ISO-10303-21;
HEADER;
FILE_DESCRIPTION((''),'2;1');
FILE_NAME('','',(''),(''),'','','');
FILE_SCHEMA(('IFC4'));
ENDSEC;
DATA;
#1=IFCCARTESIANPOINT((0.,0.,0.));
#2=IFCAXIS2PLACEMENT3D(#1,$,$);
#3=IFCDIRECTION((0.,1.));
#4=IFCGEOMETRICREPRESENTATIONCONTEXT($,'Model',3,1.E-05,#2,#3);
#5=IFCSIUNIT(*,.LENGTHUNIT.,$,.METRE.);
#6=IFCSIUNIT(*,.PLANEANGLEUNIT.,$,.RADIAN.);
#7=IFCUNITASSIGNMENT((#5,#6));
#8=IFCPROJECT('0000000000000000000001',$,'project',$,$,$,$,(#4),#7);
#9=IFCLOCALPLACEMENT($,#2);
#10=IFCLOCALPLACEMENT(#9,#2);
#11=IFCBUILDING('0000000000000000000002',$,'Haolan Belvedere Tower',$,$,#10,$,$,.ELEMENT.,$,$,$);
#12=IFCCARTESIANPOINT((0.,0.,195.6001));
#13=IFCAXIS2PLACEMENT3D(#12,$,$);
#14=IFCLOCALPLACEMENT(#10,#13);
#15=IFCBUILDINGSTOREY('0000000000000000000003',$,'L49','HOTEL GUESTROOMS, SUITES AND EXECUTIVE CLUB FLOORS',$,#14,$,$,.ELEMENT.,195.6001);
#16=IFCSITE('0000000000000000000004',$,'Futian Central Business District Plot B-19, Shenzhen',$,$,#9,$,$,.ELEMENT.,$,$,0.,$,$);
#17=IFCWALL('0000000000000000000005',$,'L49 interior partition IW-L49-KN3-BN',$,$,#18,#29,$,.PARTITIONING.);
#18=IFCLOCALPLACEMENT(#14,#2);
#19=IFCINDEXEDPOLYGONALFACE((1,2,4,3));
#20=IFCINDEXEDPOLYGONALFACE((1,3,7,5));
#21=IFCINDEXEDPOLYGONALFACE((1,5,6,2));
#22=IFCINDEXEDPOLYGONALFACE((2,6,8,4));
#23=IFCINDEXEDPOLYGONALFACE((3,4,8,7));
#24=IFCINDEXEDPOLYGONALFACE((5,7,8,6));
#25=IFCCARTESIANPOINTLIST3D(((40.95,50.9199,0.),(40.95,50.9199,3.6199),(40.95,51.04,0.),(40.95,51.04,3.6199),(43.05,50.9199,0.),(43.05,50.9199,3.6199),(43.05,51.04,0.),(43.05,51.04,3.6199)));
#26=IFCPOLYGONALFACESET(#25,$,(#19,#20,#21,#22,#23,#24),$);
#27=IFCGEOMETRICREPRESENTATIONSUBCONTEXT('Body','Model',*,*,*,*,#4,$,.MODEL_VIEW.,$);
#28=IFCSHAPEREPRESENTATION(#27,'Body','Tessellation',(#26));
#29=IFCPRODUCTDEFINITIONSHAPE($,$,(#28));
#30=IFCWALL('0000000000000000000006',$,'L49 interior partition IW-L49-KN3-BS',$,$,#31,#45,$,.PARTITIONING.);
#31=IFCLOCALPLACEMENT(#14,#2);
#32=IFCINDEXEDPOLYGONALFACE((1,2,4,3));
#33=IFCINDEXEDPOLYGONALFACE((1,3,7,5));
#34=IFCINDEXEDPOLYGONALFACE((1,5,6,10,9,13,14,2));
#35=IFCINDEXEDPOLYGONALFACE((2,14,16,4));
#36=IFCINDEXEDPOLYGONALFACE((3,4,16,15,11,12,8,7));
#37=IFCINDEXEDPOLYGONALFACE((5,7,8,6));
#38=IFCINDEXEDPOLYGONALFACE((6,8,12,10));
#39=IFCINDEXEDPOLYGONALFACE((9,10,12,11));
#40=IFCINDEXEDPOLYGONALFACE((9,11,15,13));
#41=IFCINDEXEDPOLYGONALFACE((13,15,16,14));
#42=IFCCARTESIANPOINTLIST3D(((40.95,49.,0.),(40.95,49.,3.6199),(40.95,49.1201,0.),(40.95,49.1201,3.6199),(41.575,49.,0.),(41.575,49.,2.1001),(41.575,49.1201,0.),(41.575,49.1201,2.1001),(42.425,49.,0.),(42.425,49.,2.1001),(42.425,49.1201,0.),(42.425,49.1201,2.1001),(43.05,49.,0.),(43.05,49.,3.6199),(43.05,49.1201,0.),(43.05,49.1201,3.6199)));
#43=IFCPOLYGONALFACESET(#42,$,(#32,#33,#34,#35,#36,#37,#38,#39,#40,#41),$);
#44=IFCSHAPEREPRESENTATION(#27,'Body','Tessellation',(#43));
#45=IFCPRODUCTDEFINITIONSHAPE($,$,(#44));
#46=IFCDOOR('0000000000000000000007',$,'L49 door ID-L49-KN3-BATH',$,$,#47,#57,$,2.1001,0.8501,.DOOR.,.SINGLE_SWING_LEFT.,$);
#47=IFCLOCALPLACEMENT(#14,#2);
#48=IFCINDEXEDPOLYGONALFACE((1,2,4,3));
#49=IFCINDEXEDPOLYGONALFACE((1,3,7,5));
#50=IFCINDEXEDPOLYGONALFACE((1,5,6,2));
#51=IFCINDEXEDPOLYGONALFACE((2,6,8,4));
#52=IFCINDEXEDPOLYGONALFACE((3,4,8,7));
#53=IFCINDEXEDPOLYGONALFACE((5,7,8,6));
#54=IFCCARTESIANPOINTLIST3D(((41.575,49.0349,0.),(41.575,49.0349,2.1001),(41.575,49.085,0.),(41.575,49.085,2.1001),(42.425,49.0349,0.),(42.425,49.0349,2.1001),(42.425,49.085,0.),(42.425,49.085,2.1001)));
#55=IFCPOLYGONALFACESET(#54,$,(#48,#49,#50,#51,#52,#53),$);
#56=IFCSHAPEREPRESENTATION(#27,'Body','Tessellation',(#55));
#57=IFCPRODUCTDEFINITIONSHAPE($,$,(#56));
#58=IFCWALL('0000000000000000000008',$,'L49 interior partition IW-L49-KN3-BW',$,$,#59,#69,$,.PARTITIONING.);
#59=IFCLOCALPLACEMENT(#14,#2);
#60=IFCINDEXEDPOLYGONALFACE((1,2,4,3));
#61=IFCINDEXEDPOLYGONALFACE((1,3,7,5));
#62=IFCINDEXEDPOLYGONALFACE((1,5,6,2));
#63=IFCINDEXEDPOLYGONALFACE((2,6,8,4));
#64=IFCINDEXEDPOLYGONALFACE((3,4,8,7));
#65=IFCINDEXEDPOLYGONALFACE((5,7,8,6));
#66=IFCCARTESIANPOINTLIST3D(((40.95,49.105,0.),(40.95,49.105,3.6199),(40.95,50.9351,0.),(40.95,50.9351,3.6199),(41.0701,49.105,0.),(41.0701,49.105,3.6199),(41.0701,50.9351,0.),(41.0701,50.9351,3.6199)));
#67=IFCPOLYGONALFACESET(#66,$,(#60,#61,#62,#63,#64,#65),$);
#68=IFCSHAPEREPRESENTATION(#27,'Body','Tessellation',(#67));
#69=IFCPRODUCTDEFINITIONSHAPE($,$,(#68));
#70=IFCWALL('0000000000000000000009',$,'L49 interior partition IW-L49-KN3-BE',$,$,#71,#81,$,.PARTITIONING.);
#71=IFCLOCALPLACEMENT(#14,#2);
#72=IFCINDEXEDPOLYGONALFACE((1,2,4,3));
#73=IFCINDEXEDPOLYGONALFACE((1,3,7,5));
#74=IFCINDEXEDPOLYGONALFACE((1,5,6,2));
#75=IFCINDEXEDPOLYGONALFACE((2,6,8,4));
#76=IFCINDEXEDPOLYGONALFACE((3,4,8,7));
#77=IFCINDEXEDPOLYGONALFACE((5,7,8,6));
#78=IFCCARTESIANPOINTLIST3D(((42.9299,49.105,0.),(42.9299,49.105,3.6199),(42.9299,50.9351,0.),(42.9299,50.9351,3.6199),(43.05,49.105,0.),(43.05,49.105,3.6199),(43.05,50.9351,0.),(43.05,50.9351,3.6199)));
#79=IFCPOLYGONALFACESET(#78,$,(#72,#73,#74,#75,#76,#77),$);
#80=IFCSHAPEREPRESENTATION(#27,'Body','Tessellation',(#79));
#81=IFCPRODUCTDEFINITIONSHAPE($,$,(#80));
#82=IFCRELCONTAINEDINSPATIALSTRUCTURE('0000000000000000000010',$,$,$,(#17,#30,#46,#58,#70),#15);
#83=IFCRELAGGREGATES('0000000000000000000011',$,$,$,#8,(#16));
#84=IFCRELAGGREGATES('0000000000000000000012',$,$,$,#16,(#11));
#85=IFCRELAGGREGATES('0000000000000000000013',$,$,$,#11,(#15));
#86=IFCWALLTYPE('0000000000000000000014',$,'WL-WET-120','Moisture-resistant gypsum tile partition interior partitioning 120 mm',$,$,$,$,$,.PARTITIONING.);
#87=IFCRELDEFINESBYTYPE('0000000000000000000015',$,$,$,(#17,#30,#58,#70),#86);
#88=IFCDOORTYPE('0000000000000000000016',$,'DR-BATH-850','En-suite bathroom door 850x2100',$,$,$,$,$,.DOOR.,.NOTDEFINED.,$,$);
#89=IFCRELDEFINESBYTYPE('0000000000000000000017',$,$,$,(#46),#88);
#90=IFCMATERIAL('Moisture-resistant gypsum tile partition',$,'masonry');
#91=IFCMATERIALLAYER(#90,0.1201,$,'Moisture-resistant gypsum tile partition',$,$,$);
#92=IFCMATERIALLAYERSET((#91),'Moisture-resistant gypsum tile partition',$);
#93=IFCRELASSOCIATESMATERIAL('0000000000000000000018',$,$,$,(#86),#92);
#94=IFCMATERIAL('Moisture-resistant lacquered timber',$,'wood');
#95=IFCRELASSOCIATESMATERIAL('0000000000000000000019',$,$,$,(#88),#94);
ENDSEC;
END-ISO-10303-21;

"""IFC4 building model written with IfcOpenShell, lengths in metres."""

from ifc_helpers import new_model, si_unit, direction, frame, frame_2d, origin, place, context, subcontext, project, spatial, rectangle, extrude, material, layer, layer_set, type_object, element, fill, save


model = new_model("IFC4")

# Units and contexts
model_context = context("Model", 3, precision=1e-05, world=origin(), true_north=direction((0.0, 1.0)))
body_context = subcontext(model_context, "Body", "Model", "MODEL_VIEW")
ifc_project = project(units=[si_unit("LENGTHUNIT", "METRE"), si_unit("PLANEANGLEUNIT", "RADIAN")], contexts=[model_context])

# Site, building, storey
site_placement = place(None, origin())
site = spatial("IfcSite", under=ifc_project, at=site_placement, Name="Futian Central Business District Plot B-19, Shenzhen", CompositionType="ELEMENT", RefElevation=0.0)
building_placement = place(site_placement, origin())
building = spatial("IfcBuilding", under=site, at=building_placement, Name="Haolan Belvedere Tower", CompositionType="ELEMENT")
storey_placement = place(building_placement, frame((0.0, 0.0, 195.6001)))
storey = spatial("IfcBuildingStorey", under=building, at=storey_placement, Name="L49", Description="HOTEL GUESTROOMS, SUITES AND EXECUTIVE CLUB FLOORS", CompositionType="ELEMENT", Elevation=195.6001)

# Wall
ifc_material_1 = material(Name="Moisture-resistant gypsum tile partition", Category="masonry")
ifc_layer_1 = layer(ifc_material_1, 0.1201, Name="Moisture-resistant gypsum tile partition")
ifc_layer_set_1 = layer_set([ifc_layer_1], Name="Moisture-resistant gypsum tile partition")
wall_type_1 = type_object("IfcWallType", Name="WL-WET-120", Description="Moisture-resistant gypsum tile partition interior partitioning 120 mm", PredefinedType="PARTITIONING", material=ifc_layer_set_1)
wall_1_placement = place(storey_placement, frame((40.95, 50.98, 0.0), z_axis=(0.0, 0.0, 1.0), x_axis=(1.0, 0.0, 0.0)))
element("IfcWall", 1, at=wall_1_placement, inside=storey, type_object=wall_type_1, Name="L49 interior partition IW-L49-KN3-BN", PredefinedType="PARTITIONING", context=body_context, shape_type="SweptSolid", body=[
    extrude(rectangle(XDim=2.1001, YDim=0.1201, at=frame_2d((1.05, 0.0))), origin(), (0.0, 0.0, 1.0), 3.6199),
])

# Wall, opening, door
wall_2_placement = place(storey_placement, frame((40.95, 49.0601, 0.0), z_axis=(0.0, 0.0, 1.0), x_axis=(1.0, 0.0, 0.0)))
wall_2 = element("IfcWall", 2, at=wall_2_placement, inside=storey, type_object=wall_type_1, Name="L49 interior partition IW-L49-KN3-BS", PredefinedType="PARTITIONING", context=body_context, shape_type="SweptSolid", body=[
    extrude(rectangle(XDim=2.1001, YDim=0.1201, at=frame_2d((1.05, 0.0))), origin(), (0.0, 0.0, 1.0), 3.6199),
])
opening_1_placement = place(wall_2_placement, frame((0.625, 0.0, 0.0)))
opening_1 = element("IfcOpeningElement", 3, at=opening_1_placement, cuts=wall_2, PredefinedType="OPENING", context=body_context, shape_type="SweptSolid", body=[
    extrude(rectangle(XDim=0.8501, YDim=2.1001, at=frame_2d((0.425, 1.05))), frame((0.0, 0.0701, 0.0), z_axis=(0.0, -1.0, 0.0), x_axis=(1.0, 0.0, 0.0)), (0.0, 0.0, 1.0), 0.1401),
])
ifc_material_2 = material(Name="Moisture-resistant lacquered timber", Category="wood")
door_type = type_object("IfcDoorType", Name="DR-BATH-850", Description="En-suite bathroom door 850x2100", OperationType="NOTDEFINED", PredefinedType="DOOR", material=ifc_material_2)
door_placement = place(opening_1_placement, origin())
door = element("IfcDoor", 4, at=door_placement, inside=storey, type_object=door_type, Name="L49 door ID-L49-KN3-BATH", OperationType="SINGLE_SWING_LEFT", OverallHeight=2.1001, OverallWidth=0.8501, PredefinedType="DOOR", context=body_context, shape_type="SweptSolid", body=[
    extrude(rectangle(XDim=0.8501, YDim=2.1001, at=frame_2d((0.425, 1.05))), frame((0.0, 0.0249, 0.0), z_axis=(0.0, -1.0, 0.0), x_axis=(1.0, 0.0, 0.0)), (0.0, 0.0, 1.0), 0.05),
])
fill(opening_1, door)

# Walls
for number, where, z_axis, x_axis, name in (
    (5, (41.01, 49.105, 0.0), (0.0, 0.0, 1.0), (0.0, 1.0, 0.0), "L49 interior partition IW-L49-KN3-BW"),
    (6, (42.99, 49.105, 0.0), (0.0, 0.0, 1.0), (0.0, 1.0, 0.0), "L49 interior partition IW-L49-KN3-BE"),
):
    element("IfcWall", number, at=place(storey_placement, frame(where, z_axis=z_axis, x_axis=x_axis)), inside=storey, type_object=wall_type_1, Name=name, PredefinedType="PARTITIONING", context=body_context, shape_type="SweptSolid", body=[
        extrude(rectangle(XDim=1.8301, YDim=0.1201, at=frame_2d((0.915, 0.0))), origin(), (0.0, 0.0, 1.0), 3.6199),
    ])

save(model, "model.ifc")
